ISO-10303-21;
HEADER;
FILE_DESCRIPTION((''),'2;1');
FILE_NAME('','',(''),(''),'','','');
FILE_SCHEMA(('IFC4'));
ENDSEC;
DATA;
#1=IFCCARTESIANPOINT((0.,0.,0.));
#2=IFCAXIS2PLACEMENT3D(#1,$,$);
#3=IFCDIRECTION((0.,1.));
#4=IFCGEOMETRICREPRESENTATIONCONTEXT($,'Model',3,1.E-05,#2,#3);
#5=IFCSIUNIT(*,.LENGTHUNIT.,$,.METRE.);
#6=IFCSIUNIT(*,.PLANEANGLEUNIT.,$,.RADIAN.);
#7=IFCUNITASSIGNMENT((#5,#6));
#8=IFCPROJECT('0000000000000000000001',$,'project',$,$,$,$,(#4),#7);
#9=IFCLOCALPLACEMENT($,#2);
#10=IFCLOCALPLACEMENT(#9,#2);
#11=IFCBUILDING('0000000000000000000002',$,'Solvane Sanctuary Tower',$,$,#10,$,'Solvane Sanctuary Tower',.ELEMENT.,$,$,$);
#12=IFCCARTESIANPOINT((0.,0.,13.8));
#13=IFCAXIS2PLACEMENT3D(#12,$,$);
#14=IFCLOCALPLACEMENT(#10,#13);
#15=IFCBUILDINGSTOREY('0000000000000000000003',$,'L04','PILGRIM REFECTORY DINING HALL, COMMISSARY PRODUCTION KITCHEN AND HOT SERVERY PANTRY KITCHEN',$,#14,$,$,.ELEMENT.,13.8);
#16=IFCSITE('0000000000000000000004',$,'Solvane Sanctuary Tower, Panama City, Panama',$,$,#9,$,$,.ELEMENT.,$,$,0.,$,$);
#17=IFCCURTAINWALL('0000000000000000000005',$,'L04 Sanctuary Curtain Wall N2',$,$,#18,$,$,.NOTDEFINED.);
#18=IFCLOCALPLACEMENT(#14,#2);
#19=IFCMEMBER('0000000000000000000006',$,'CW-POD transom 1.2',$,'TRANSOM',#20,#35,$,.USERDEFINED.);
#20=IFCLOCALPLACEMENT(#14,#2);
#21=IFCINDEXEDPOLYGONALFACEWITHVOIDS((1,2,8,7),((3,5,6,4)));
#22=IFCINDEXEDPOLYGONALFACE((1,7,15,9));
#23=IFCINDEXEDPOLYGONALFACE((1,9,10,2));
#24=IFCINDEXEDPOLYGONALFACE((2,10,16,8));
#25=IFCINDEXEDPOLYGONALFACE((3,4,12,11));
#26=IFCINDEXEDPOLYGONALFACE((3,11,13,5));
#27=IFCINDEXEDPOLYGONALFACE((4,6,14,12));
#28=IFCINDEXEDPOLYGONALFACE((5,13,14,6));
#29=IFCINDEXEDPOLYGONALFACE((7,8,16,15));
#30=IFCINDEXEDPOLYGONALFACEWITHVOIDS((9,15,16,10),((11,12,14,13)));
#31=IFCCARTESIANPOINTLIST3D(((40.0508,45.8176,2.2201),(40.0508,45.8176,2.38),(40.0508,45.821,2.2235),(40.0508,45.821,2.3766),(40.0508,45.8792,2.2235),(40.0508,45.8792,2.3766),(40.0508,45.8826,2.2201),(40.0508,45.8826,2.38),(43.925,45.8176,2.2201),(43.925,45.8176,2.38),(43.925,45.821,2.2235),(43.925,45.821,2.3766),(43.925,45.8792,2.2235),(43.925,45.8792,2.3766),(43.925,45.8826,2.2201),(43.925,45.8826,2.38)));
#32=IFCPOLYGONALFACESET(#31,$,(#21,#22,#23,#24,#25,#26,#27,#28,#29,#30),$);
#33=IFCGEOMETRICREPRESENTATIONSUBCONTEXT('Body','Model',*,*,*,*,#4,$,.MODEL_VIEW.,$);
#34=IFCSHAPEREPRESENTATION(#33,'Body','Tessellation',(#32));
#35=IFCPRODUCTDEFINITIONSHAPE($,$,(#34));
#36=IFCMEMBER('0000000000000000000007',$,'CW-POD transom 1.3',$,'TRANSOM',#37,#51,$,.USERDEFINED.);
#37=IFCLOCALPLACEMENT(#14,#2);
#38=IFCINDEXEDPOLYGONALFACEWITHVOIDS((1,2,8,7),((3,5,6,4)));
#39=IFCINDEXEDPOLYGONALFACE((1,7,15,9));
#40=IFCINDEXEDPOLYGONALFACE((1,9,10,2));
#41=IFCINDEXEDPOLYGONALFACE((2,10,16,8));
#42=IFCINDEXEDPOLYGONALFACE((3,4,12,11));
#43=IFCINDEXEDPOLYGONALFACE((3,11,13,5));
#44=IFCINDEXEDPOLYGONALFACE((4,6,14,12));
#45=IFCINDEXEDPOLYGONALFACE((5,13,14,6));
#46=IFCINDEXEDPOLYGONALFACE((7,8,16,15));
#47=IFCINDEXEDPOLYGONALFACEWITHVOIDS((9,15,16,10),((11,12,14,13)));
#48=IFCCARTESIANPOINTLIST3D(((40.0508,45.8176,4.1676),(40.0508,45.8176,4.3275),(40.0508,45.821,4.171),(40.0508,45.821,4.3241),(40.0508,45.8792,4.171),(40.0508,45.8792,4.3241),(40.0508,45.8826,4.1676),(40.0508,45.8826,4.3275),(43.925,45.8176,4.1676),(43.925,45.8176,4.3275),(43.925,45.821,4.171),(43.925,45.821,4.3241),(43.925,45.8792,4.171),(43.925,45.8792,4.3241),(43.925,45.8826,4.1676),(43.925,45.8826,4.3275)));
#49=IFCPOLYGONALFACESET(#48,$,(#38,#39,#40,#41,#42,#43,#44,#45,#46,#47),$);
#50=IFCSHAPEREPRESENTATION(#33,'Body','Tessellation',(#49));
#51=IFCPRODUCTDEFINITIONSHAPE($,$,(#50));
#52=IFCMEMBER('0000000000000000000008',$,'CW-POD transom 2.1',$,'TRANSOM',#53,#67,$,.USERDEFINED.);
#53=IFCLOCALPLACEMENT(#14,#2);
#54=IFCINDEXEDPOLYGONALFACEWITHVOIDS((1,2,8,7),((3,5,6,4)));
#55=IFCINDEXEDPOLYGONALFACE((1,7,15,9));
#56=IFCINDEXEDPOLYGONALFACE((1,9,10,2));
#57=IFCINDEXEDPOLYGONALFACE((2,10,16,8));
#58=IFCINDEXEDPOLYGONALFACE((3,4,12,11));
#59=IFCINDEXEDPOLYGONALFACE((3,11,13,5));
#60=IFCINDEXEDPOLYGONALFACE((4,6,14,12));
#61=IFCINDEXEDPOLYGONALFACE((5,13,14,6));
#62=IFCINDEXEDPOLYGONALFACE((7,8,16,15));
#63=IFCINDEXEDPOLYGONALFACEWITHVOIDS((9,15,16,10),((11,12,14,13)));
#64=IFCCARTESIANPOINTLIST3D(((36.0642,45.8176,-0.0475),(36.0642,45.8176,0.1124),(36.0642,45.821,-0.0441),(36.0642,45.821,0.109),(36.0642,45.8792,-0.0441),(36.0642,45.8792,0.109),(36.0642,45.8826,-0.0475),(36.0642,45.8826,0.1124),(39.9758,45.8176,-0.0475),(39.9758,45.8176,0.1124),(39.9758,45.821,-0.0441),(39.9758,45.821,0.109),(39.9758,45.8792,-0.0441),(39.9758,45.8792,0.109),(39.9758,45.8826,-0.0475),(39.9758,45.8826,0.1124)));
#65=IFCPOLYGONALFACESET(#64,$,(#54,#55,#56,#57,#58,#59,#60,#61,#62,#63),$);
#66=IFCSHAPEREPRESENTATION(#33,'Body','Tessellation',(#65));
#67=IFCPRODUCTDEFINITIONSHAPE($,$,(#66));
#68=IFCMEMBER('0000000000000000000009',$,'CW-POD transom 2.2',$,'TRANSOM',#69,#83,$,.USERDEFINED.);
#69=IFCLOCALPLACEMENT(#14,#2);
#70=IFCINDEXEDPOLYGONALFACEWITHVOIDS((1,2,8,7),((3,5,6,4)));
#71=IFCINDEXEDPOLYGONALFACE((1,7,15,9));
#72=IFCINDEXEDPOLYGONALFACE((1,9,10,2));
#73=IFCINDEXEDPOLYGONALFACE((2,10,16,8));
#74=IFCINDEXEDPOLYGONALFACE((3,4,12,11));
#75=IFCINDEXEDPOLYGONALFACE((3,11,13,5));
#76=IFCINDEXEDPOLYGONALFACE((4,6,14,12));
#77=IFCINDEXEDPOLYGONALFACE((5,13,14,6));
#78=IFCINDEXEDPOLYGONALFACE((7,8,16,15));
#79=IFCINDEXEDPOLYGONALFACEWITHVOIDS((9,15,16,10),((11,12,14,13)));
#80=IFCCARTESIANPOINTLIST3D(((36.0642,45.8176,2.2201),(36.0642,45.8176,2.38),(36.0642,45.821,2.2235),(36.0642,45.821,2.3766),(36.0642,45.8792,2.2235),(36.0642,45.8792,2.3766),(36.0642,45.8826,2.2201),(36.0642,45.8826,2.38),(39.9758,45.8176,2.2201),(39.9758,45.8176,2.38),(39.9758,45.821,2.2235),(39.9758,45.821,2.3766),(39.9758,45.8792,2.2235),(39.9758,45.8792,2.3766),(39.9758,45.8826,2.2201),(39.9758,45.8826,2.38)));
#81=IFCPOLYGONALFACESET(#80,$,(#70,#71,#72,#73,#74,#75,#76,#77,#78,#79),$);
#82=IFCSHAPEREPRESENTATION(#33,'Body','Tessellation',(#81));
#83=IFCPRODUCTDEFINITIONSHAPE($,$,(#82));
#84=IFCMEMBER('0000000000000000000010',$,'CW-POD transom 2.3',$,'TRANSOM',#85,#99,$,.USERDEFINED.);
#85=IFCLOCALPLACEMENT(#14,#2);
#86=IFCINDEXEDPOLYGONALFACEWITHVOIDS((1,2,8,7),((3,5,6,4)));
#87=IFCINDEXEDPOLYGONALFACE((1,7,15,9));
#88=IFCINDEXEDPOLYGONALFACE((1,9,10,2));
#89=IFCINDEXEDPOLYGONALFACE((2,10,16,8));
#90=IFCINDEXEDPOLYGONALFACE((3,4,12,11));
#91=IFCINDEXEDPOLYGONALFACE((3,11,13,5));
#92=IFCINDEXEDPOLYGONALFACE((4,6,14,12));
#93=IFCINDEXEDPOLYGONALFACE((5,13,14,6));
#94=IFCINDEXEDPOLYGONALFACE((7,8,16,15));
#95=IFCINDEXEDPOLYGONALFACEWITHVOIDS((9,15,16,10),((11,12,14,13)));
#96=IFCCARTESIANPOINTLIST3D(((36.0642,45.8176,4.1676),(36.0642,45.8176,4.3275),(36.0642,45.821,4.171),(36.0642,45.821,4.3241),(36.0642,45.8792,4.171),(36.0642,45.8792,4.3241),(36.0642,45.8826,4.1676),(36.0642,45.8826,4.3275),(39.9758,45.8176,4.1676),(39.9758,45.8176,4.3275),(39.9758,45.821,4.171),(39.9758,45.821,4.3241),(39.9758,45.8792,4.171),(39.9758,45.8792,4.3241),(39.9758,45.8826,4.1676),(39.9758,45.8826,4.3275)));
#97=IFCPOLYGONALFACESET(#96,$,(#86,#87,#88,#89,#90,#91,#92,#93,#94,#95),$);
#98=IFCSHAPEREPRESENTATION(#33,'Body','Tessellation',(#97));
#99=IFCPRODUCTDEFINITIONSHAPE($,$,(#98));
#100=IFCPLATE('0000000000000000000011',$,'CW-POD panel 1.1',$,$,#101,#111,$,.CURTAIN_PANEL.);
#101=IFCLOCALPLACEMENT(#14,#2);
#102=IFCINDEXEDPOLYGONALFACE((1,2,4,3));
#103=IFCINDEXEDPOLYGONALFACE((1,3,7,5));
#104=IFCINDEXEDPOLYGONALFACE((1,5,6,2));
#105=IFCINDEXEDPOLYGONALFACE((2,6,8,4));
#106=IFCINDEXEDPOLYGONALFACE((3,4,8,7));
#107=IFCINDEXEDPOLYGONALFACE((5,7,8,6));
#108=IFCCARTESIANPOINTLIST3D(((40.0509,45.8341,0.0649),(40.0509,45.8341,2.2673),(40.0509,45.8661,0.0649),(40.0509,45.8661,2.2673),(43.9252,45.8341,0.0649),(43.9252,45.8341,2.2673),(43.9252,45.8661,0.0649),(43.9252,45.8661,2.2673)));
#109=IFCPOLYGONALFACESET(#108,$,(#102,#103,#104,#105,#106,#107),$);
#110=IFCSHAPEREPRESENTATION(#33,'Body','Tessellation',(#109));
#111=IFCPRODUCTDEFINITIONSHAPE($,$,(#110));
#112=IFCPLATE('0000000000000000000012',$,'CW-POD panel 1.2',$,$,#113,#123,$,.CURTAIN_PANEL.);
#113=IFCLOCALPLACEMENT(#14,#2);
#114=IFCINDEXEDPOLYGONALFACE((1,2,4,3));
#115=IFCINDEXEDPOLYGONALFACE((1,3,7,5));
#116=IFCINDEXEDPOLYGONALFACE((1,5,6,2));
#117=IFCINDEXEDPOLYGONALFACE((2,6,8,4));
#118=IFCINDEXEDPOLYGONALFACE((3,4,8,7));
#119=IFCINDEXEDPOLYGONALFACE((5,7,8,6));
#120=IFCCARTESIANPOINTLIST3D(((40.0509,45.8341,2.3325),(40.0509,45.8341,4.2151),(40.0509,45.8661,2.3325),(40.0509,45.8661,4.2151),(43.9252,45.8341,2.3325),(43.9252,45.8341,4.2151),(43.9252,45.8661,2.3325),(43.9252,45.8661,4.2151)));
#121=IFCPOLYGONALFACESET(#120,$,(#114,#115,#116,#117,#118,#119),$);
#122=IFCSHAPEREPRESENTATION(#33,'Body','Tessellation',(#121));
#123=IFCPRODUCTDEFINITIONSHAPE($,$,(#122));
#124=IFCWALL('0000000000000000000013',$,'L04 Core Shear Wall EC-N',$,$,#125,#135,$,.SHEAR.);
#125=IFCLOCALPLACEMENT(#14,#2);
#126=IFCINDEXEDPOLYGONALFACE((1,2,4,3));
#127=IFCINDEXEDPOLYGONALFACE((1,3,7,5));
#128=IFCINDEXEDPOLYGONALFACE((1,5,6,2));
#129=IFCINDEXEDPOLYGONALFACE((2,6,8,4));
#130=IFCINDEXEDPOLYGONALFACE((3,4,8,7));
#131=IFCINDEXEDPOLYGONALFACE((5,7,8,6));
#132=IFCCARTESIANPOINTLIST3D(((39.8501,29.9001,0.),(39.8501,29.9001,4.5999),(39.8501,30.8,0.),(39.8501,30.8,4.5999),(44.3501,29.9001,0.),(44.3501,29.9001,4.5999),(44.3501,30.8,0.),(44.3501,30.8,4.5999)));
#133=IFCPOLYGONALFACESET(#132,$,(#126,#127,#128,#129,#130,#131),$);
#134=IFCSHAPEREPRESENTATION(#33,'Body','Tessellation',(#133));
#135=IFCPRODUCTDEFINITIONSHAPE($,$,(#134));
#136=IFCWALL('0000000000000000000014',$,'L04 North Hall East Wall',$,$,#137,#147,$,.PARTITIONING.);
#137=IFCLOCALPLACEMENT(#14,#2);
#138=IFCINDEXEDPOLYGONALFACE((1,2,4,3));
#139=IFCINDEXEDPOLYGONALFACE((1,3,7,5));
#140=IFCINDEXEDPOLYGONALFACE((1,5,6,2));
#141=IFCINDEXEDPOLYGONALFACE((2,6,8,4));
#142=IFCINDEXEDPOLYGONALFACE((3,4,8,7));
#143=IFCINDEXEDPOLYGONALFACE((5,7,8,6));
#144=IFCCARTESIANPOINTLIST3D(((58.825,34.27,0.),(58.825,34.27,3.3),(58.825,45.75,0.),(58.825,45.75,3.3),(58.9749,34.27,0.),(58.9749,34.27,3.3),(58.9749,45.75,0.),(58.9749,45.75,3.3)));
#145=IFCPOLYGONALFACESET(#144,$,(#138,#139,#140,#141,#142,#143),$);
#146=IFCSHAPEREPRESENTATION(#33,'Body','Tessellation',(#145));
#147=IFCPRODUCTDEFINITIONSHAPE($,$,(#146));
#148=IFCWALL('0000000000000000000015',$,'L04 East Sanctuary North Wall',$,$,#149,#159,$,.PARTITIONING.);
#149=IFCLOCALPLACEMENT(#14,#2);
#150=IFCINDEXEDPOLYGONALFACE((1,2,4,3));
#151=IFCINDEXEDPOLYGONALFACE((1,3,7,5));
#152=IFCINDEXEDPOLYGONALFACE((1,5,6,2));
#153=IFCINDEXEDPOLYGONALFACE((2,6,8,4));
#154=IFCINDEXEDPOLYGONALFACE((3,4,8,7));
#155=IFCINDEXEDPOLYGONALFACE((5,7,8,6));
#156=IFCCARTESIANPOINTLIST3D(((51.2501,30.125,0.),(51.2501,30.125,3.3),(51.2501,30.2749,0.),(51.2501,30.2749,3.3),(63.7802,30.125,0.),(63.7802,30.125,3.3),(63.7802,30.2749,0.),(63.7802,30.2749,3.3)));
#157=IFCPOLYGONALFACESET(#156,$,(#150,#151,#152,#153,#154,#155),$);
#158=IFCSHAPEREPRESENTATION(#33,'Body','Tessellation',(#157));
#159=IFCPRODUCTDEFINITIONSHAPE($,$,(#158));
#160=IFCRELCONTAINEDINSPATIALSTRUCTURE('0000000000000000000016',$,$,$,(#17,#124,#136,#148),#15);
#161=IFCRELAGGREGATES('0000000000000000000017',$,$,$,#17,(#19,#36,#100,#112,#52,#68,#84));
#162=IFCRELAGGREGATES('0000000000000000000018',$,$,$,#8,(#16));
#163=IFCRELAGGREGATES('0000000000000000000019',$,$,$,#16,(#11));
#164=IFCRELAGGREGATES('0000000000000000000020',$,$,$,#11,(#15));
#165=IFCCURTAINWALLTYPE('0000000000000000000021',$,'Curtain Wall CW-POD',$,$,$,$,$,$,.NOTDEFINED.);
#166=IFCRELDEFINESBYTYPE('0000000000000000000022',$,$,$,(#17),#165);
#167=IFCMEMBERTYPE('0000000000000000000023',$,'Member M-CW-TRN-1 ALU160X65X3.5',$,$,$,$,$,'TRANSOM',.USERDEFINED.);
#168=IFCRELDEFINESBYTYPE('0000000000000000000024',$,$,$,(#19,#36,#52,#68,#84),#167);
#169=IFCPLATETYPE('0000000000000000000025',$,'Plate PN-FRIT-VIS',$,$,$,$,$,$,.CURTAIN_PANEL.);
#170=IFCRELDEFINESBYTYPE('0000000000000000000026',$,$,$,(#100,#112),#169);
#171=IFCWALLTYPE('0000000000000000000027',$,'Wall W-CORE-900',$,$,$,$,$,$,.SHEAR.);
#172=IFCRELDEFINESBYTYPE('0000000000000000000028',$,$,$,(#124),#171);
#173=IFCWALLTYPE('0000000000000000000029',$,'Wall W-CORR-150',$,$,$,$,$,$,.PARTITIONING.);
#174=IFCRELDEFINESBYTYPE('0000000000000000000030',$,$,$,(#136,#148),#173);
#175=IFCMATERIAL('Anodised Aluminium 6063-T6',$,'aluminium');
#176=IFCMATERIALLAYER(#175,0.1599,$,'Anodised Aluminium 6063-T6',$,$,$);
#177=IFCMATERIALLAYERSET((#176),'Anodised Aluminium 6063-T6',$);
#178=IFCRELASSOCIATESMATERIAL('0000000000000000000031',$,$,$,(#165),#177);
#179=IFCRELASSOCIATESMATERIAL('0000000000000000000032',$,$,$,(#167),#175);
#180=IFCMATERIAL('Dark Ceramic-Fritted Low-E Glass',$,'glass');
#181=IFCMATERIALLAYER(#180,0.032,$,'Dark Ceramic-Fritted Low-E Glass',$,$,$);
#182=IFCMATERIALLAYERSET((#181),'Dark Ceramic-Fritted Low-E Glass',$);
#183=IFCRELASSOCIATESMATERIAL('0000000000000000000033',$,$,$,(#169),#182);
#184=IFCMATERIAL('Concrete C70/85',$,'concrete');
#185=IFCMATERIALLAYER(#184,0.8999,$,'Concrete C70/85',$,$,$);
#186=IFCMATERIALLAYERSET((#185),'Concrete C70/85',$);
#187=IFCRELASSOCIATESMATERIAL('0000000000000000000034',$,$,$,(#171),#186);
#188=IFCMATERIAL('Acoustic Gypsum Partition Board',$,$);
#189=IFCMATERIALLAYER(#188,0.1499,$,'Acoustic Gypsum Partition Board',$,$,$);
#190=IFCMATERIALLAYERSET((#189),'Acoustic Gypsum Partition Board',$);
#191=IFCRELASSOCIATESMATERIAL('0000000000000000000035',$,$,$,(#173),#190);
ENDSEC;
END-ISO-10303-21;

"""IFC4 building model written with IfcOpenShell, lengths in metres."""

from ifc_helpers import new_model, si_unit, direction, frame, frame_2d, origin, origin_2d, place, context, subcontext, project, spatial, rectangle, hollow_rectangle, extrude, material, layer, layer_set, material_profile, profile_set, type_object, element, aggregate, save


model = new_model("IFC4")

# Units and contexts
model_context = context("Model", 3, precision=1e-05, world=origin(), true_north=direction((0.0, 1.0)))
body_context = subcontext(model_context, "Body", "Model", "MODEL_VIEW")
ifc_project = project(units=[si_unit("LENGTHUNIT", "METRE"), si_unit("PLANEANGLEUNIT", "RADIAN")], contexts=[model_context])

# Site, building, storey
site_placement = place(None, origin())
site = spatial("IfcSite", under=ifc_project, at=site_placement, Name="Solvane Sanctuary Tower, Panama City, Panama", CompositionType="ELEMENT", RefElevation=0.0)
building_placement = place(site_placement, origin())
building = spatial("IfcBuilding", under=site, at=building_placement, Name="Solvane Sanctuary Tower", LongName="Solvane Sanctuary Tower", CompositionType="ELEMENT")
storey_placement = place(building_placement, frame((0.0, 0.0, 13.8)))
storey = spatial("IfcBuildingStorey", under=building, at=storey_placement, Name="L04", Description="PILGRIM REFECTORY DINING HALL, COMMISSARY PRODUCTION KITCHEN AND HOT SERVERY PANTRY KITCHEN", CompositionType="ELEMENT", Elevation=13.8)

# Shared definitions
ifc_material_1 = material(Name="Concrete C70/85", Category="concrete")

# Curtain wall, members, plates
ifc_material_2 = material(Name="Anodised Aluminium 6063-T6", Category="aluminium")
ifc_layer_1 = layer(ifc_material_2, 0.1599, Name="Anodised Aluminium 6063-T6")
ifc_layer_set_1 = layer_set([ifc_layer_1], Name="Anodised Aluminium 6063-T6")
curtain_wall_type = type_object("IfcCurtainWallType", Name="Curtain Wall CW-POD", PredefinedType="NOTDEFINED", material=ifc_layer_set_1)
curtain_wall_placement = place(storey_placement, origin())
curtain_wall = element("IfcCurtainWall", 1, at=curtain_wall_placement, inside=storey, type_object=curtain_wall_type, Name="L04 Sanctuary Curtain Wall N2", PredefinedType="NOTDEFINED")
ifc_material_profile_1 = material_profile(ifc_material_2, hollow_rectangle(XDim=0.0649, YDim=0.1599, WallThickness=0.0034, at=origin_2d()), Name="ALU160X65X3.5")
ifc_profile_set_1 = profile_set([ifc_material_profile_1], Name="Anodised Aluminium 6063-T6")
member_type_1 = type_object("IfcMemberType", Name="Member M-CW-TRN-1 ALU160X65X3.5", ElementType="TRANSOM", PredefinedType="USERDEFINED", material=ifc_profile_set_1)
member_1_placement = place(storey_placement, frame((43.925, 45.8501, 2.3), z_axis=(-1.0, 0.0, 0.0), x_axis=(0.0, -1.0, 0.0)))
member_1 = element("IfcMember", 2, at=member_1_placement, type_object=member_type_1, Name="CW-POD transom 1.2", ObjectType="TRANSOM", PredefinedType="USERDEFINED", context=body_context, shape_type="SweptSolid", body=[
    extrude(hollow_rectangle(XDim=0.0649, YDim=0.1599, WallThickness=0.0034, at=origin_2d()), origin(), (0.0, 0.0, 1.0), 3.8743),
])
member_2_placement = place(storey_placement, frame((43.925, 45.8501, 4.2476), z_axis=(-1.0, 0.0, 0.0), x_axis=(0.0, -1.0, 0.0)))
member_2 = element("IfcMember", 3, at=member_2_placement, type_object=member_type_1, Name="CW-POD transom 1.3", ObjectType="TRANSOM", PredefinedType="USERDEFINED", context=body_context, shape_type="SweptSolid", body=[
    extrude(hollow_rectangle(XDim=0.0649, YDim=0.1599, WallThickness=0.0034, at=origin_2d()), origin(), (0.0, 0.0, 1.0), 3.8743),
])
member_3_placement = place(storey_placement, frame((39.9758, 45.8501, 0.0325), z_axis=(-1.0, 0.0, 0.0), x_axis=(0.0, -1.0, 0.0)))
member_3 = element("IfcMember", 4, at=member_3_placement, type_object=member_type_1, Name="CW-POD transom 2.1", ObjectType="TRANSOM", PredefinedType="USERDEFINED", context=body_context, shape_type="SweptSolid", body=[
    extrude(hollow_rectangle(XDim=0.0649, YDim=0.1599, WallThickness=0.0034, at=origin_2d()), origin(), (0.0, 0.0, 1.0), 3.9116),
])
member_4_placement = place(storey_placement, frame((39.9758, 45.8501, 2.3), z_axis=(-1.0, 0.0, 0.0), x_axis=(0.0, -1.0, 0.0)))
member_4 = element("IfcMember", 5, at=member_4_placement, type_object=member_type_1, Name="CW-POD transom 2.2", ObjectType="TRANSOM", PredefinedType="USERDEFINED", context=body_context, shape_type="SweptSolid", body=[
    extrude(hollow_rectangle(XDim=0.0649, YDim=0.1599, WallThickness=0.0034, at=origin_2d()), origin(), (0.0, 0.0, 1.0), 3.9116),
])
member_5_placement = place(storey_placement, frame((39.9758, 45.8501, 4.2476), z_axis=(-1.0, 0.0, 0.0), x_axis=(0.0, -1.0, 0.0)))
member_5 = element("IfcMember", 6, at=member_5_placement, type_object=member_type_1, Name="CW-POD transom 2.3", ObjectType="TRANSOM", PredefinedType="USERDEFINED", context=body_context, shape_type="SweptSolid", body=[
    extrude(hollow_rectangle(XDim=0.0649, YDim=0.1599, WallThickness=0.0034, at=origin_2d()), origin(), (0.0, 0.0, 1.0), 3.9116),
])
ifc_material_3 = material(Name="Dark Ceramic-Fritted Low-E Glass", Category="glass")
ifc_layer_2 = layer(ifc_material_3, 0.032, Name="Dark Ceramic-Fritted Low-E Glass")
ifc_layer_set_2 = layer_set([ifc_layer_2], Name="Dark Ceramic-Fritted Low-E Glass")
plate_type = type_object("IfcPlateType", Name="Plate PN-FRIT-VIS", PredefinedType="CURTAIN_PANEL", material=ifc_layer_set_2)
plate_1_placement = place(storey_placement, frame((41.988, 45.8501, 0.0649), z_axis=(0.0, 0.0, 1.0), x_axis=(-1.0, 0.0, 0.0)))
plate_1 = element("IfcPlate", 7, at=plate_1_placement, type_object=plate_type, Name="CW-POD panel 1.1", PredefinedType="CURTAIN_PANEL", context=body_context, shape_type="SweptSolid", body=[
    extrude(rectangle(XDim=3.8743, YDim=0.032, at=origin_2d()), origin(), (0.0, 0.0, 1.0), 2.2024),
])
plate_2_placement = place(storey_placement, frame((41.988, 45.8501, 2.3325), z_axis=(0.0, 0.0, 1.0), x_axis=(-1.0, 0.0, 0.0)))
plate_2 = element("IfcPlate", 8, at=plate_2_placement, type_object=plate_type, Name="CW-POD panel 1.2", PredefinedType="CURTAIN_PANEL", context=body_context, shape_type="SweptSolid", body=[
    extrude(rectangle(XDim=3.8743, YDim=0.032, at=origin_2d()), origin(), (0.0, 0.0, 1.0), 1.8826),
])
aggregate(curtain_wall, [member_1, member_2, plate_1, plate_2, member_3, member_4, member_5])

# Walls
ifc_layer_3 = layer(ifc_material_1, 0.8999, Name="Concrete C70/85")
ifc_layer_set_3 = layer_set([ifc_layer_3], Name="Concrete C70/85")
wall_type_1 = type_object("IfcWallType", Name="Wall W-CORE-900", PredefinedType="SHEAR", material=ifc_layer_set_3)
wall_1_placement = place(storey_placement, frame((39.8501, 30.3501, 0.0), z_axis=(0.0, 0.0, 1.0), x_axis=(1.0, 0.0, 0.0)))
element("IfcWall", 9, at=wall_1_placement, inside=storey, type_object=wall_type_1, Name="L04 Core Shear Wall EC-N", PredefinedType="SHEAR", context=body_context, shape_type="SweptSolid", body=[
    extrude(rectangle(XDim=4.5, YDim=0.8999, at=frame_2d((2.25, 0.0))), origin(), (0.0, 0.0, 1.0), 4.5999),
])
ifc_material_4 = material(Name="Acoustic Gypsum Partition Board")
ifc_layer_4 = layer(ifc_material_4, 0.1499, Name="Acoustic Gypsum Partition Board")
ifc_layer_set_4 = layer_set([ifc_layer_4], Name="Acoustic Gypsum Partition Board")
wall_type_2 = type_object("IfcWallType", Name="Wall W-CORR-150", PredefinedType="PARTITIONING", material=ifc_layer_set_4)
wall_2_placement = place(storey_placement, frame((58.8999, 34.27, 0.0), z_axis=(0.0, 0.0, 1.0), x_axis=(0.0, 1.0, 0.0)))
element("IfcWall", 10, at=wall_2_placement, inside=storey, type_object=wall_type_2, Name="L04 North Hall East Wall", PredefinedType="PARTITIONING", context=body_context, shape_type="SweptSolid", body=[
    extrude(rectangle(XDim=11.48, YDim=0.1499, at=frame_2d((5.74, 0.0))), origin(), (0.0, 0.0, 1.0), 3.3),
])
wall_3_placement = place(storey_placement, frame((51.25, 30.2, 0.0), z_axis=(0.0, 0.0, 1.0), x_axis=(1.0, 0.0, 0.0)))
element("IfcWall", 11, at=wall_3_placement, inside=storey, type_object=wall_type_2, Name="L04 East Sanctuary North Wall", PredefinedType="PARTITIONING", context=body_context, shape_type="SweptSolid", body=[
    extrude(rectangle(XDim=12.53, YDim=0.1499, at=frame_2d((6.2651, 0.0))), origin(), (0.0, 0.0, 1.0), 3.3),
])

save(model, "model.ifc")
